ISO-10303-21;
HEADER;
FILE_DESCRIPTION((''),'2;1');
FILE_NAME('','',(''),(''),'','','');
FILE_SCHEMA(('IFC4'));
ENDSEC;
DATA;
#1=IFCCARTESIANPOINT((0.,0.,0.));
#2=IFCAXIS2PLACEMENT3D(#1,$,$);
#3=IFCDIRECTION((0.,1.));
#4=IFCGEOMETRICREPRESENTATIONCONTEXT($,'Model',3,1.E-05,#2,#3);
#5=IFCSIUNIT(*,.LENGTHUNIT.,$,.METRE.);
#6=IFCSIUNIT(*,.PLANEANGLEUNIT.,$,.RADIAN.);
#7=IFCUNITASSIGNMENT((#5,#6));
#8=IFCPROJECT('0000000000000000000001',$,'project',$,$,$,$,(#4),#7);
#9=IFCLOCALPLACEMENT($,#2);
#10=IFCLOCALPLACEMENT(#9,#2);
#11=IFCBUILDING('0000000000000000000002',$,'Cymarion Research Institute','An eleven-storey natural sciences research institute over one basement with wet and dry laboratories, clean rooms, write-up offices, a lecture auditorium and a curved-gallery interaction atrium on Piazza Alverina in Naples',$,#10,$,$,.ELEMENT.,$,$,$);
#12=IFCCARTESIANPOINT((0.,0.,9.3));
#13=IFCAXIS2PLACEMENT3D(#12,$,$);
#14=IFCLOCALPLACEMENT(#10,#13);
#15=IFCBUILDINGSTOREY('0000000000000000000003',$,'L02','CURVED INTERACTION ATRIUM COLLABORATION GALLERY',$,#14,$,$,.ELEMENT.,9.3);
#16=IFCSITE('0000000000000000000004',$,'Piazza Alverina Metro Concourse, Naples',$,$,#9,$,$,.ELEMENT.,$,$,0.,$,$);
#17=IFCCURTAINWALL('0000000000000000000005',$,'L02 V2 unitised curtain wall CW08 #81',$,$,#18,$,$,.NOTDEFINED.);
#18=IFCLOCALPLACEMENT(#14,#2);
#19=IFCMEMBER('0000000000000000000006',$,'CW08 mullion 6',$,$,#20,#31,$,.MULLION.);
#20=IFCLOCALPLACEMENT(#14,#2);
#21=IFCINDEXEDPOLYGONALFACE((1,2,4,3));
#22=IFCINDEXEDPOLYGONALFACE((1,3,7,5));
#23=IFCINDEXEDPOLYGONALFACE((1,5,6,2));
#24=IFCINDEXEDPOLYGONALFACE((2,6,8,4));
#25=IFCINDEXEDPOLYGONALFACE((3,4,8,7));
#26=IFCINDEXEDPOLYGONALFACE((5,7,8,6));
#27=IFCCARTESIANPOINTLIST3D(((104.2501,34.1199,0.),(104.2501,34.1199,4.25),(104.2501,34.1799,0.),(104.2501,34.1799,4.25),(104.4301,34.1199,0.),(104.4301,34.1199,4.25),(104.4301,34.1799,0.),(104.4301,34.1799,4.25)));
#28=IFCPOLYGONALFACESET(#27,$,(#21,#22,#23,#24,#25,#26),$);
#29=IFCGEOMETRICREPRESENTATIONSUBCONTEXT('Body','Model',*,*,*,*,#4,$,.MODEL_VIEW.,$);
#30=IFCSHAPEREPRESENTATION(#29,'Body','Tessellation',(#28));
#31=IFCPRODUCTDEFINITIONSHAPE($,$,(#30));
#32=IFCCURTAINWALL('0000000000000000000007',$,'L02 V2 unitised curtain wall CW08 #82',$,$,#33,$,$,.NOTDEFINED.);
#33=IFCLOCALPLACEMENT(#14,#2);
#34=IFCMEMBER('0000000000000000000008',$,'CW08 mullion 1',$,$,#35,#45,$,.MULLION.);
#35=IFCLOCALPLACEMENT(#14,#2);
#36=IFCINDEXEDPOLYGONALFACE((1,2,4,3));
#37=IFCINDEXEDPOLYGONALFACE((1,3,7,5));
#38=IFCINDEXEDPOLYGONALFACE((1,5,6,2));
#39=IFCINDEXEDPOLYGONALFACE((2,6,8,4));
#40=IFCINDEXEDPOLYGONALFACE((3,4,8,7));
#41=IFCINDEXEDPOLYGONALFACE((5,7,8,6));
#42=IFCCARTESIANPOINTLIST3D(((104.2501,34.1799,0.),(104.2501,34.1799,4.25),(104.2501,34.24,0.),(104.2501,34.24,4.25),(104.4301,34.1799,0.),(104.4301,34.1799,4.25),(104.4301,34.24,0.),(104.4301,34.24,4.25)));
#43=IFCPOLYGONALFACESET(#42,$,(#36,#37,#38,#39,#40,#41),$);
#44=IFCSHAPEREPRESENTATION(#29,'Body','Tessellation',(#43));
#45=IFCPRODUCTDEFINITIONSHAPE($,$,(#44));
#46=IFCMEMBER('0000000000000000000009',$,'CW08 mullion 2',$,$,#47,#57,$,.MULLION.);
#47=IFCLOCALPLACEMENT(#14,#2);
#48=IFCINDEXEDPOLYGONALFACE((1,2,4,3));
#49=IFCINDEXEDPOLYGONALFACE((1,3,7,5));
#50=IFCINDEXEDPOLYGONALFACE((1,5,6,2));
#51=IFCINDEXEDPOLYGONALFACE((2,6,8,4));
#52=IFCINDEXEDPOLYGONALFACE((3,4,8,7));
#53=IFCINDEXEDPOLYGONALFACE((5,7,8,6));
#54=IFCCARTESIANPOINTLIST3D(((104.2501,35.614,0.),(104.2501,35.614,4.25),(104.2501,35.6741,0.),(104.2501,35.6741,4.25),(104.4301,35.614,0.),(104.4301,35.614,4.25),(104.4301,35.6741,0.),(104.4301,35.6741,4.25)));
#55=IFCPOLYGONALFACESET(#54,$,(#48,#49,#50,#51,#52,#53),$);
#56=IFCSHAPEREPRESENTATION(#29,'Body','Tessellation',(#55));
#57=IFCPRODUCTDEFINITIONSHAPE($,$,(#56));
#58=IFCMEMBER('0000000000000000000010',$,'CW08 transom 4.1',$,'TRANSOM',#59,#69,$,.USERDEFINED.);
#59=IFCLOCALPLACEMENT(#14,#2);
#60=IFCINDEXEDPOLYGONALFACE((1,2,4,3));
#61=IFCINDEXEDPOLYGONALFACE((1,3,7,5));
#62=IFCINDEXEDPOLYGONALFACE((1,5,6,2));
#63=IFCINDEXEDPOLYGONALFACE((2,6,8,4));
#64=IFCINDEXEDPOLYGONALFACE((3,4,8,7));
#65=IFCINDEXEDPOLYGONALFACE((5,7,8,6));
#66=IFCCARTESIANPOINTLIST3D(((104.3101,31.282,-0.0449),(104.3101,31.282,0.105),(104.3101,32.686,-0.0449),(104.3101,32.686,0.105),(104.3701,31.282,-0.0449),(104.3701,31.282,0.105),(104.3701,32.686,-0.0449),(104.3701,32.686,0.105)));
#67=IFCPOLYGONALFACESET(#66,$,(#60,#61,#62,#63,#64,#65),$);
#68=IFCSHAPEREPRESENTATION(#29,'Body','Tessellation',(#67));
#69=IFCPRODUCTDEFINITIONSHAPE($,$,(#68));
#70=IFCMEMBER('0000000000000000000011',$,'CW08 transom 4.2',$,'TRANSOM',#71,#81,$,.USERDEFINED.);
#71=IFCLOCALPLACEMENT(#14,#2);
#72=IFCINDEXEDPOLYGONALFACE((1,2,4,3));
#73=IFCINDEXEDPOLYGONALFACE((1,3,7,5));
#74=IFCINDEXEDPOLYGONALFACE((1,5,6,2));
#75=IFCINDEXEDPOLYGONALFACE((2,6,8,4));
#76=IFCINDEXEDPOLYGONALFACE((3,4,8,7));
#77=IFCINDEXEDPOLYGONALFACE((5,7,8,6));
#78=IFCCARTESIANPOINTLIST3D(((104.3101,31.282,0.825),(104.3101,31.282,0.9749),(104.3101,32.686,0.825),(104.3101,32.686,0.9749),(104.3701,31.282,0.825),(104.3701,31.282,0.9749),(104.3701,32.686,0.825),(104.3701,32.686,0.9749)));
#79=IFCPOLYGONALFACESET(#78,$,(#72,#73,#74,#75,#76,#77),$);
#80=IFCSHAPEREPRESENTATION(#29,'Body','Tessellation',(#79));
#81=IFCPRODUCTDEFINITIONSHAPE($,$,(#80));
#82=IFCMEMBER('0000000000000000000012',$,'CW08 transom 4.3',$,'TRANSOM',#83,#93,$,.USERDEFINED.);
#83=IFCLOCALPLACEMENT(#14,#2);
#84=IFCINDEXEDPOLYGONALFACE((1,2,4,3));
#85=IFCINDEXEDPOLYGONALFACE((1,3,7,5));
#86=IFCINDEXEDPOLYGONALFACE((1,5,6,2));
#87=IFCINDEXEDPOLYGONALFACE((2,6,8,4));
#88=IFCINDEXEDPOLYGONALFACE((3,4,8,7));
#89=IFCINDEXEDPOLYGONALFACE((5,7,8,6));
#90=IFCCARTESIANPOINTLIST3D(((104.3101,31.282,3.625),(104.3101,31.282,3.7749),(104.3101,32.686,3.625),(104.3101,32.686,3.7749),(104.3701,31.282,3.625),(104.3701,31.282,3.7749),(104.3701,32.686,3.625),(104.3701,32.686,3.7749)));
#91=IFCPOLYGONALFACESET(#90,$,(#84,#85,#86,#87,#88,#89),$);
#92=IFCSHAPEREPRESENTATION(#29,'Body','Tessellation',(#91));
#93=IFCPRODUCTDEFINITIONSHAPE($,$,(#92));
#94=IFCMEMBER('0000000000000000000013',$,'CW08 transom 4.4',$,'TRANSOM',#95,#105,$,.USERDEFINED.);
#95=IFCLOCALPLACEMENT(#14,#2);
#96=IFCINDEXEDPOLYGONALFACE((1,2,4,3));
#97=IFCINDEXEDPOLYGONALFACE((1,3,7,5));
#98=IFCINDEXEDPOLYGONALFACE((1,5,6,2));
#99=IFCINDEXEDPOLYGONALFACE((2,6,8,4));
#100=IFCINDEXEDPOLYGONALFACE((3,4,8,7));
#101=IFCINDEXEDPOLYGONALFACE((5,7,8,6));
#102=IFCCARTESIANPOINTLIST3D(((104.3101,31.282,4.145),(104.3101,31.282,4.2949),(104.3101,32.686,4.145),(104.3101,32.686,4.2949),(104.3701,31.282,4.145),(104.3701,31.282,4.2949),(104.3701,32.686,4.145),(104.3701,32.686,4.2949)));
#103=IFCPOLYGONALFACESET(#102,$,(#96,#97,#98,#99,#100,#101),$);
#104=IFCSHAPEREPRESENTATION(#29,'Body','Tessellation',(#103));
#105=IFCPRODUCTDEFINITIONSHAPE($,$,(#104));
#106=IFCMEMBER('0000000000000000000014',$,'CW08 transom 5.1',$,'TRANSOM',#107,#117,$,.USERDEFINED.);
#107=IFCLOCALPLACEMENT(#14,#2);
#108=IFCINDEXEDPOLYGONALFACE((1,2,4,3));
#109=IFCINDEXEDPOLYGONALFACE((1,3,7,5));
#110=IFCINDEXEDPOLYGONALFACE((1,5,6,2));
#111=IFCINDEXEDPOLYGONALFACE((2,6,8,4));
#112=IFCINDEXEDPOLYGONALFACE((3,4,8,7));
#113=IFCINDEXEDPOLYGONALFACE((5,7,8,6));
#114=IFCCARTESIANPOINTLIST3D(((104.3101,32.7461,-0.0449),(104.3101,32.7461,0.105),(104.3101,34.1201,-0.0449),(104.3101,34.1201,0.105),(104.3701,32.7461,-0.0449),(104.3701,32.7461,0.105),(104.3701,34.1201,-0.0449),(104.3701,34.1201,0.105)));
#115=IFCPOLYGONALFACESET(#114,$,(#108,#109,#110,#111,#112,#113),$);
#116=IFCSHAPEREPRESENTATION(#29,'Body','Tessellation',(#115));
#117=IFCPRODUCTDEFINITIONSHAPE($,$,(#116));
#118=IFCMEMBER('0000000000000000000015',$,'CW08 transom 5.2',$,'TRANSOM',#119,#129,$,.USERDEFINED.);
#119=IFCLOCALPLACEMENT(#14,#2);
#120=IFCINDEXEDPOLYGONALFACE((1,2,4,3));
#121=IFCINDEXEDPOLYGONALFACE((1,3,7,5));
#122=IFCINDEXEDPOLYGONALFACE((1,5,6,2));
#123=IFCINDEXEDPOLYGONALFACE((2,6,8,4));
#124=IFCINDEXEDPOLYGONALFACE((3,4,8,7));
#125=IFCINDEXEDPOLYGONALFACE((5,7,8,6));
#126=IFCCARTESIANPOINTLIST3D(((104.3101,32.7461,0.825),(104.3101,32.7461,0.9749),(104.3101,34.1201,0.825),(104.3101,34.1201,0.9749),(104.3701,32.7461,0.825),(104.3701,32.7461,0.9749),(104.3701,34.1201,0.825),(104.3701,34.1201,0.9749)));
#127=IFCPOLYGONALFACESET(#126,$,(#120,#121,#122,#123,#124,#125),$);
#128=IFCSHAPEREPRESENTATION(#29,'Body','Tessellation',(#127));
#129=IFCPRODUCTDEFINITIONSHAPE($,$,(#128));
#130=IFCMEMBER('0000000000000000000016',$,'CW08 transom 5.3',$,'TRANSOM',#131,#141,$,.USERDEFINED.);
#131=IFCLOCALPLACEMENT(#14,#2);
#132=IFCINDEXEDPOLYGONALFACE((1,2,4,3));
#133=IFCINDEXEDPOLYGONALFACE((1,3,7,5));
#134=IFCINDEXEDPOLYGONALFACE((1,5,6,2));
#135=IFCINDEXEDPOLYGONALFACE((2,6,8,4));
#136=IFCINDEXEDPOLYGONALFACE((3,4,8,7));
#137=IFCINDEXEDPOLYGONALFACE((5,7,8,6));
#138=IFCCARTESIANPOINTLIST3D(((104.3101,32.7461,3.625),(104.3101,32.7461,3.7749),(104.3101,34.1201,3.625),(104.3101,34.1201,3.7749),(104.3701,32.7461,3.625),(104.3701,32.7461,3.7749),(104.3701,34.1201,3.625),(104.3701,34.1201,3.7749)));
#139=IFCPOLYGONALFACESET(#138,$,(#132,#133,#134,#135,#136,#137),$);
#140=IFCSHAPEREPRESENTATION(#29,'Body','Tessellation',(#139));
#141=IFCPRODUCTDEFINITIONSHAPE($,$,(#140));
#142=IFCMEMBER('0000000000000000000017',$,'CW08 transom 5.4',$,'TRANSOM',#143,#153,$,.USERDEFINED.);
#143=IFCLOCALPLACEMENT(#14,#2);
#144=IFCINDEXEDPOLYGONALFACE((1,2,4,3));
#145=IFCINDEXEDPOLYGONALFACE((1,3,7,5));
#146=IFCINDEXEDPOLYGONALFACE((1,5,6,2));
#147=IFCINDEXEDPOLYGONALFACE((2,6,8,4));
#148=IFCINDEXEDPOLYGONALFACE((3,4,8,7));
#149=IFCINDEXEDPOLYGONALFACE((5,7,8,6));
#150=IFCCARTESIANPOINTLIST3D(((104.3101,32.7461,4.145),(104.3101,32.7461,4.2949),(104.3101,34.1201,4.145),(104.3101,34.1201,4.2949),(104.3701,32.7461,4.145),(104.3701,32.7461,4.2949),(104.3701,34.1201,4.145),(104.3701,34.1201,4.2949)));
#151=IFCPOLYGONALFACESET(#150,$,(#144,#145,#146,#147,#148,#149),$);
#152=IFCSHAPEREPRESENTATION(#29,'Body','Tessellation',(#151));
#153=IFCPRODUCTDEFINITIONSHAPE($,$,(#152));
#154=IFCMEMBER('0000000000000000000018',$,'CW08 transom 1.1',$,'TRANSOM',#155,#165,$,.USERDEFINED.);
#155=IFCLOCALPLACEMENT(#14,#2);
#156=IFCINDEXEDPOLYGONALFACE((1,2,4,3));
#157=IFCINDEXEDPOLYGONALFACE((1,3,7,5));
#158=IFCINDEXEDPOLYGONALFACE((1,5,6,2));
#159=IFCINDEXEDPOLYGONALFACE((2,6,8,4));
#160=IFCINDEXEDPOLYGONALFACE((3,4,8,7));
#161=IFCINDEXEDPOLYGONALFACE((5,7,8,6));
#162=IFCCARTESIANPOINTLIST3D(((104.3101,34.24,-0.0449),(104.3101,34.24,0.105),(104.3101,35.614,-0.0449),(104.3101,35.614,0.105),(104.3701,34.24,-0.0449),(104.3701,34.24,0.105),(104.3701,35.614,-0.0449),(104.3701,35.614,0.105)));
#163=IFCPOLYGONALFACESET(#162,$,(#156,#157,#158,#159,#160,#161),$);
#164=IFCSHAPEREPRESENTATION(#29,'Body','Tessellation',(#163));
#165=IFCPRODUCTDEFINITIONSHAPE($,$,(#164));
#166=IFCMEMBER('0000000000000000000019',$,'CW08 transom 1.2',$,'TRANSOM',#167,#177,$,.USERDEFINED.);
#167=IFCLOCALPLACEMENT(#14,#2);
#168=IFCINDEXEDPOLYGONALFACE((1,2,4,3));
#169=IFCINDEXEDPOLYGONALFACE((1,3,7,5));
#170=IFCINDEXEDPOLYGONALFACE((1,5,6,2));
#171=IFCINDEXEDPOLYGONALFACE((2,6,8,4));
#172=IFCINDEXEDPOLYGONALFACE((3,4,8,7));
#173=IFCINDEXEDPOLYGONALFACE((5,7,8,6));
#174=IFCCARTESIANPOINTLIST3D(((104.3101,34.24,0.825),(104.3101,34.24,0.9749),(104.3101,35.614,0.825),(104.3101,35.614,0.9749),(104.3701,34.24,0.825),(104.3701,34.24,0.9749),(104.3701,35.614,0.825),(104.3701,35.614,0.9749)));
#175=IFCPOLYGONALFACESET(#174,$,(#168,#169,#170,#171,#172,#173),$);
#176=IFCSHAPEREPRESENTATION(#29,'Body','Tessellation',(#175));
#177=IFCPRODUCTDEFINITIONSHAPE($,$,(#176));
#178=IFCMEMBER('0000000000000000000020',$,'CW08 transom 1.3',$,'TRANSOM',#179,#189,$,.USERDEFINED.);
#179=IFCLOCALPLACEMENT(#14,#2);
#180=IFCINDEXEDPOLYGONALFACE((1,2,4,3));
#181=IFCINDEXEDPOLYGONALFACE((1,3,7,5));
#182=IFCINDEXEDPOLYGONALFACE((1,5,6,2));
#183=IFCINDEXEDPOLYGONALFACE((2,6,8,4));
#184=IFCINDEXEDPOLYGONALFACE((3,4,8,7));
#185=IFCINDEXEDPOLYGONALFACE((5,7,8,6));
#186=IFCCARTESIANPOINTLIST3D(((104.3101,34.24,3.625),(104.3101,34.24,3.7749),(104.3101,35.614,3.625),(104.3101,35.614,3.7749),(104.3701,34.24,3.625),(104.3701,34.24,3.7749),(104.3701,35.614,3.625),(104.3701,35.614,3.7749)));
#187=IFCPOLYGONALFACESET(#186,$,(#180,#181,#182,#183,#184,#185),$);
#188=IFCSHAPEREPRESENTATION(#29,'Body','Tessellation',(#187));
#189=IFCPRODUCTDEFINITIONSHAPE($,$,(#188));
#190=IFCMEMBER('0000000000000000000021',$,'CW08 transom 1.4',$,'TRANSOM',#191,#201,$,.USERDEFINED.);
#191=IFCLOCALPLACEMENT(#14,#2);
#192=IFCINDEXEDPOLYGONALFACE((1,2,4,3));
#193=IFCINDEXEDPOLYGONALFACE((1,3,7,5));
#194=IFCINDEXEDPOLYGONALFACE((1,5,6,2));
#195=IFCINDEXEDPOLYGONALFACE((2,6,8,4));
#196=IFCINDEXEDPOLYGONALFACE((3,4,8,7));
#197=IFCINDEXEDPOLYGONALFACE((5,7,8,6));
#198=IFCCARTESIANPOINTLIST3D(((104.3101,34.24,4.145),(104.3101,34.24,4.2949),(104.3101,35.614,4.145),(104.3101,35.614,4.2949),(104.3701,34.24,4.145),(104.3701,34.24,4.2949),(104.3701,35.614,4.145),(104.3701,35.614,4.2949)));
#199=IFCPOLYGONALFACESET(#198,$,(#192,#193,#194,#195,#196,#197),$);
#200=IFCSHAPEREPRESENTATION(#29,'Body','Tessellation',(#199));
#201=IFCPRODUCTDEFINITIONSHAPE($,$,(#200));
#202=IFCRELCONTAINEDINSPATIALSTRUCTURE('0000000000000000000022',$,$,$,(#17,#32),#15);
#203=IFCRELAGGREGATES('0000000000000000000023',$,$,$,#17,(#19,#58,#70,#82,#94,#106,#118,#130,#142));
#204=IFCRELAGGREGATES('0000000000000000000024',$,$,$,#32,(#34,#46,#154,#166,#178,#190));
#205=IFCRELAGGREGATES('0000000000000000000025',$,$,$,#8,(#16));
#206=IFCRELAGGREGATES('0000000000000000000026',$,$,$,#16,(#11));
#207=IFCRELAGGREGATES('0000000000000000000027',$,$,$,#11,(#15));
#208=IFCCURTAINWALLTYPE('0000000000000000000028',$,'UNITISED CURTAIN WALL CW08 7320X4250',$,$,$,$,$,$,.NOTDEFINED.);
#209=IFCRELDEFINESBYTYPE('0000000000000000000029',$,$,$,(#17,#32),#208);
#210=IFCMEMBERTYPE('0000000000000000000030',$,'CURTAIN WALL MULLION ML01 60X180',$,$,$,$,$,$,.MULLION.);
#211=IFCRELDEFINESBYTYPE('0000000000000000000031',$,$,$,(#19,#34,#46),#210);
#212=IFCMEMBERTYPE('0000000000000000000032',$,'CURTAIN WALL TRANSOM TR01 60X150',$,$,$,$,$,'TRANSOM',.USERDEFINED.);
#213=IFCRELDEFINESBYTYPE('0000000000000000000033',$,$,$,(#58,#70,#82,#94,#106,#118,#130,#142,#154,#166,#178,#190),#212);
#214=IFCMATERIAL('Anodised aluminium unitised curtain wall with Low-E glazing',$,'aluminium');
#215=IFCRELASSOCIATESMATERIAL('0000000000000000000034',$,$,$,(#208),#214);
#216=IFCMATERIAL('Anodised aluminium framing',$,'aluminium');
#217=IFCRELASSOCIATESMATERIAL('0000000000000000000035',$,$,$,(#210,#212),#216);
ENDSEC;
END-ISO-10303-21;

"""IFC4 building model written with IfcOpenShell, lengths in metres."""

from ifc_helpers import new_model, si_unit, direction, frame, origin, origin_2d, place, context, subcontext, project, spatial, rectangle, extrude, material, material_profile, profile_set, type_object, element, aggregate, save


model = new_model("IFC4")

# Units and contexts
model_context = context("Model", 3, precision=1e-05, world=origin(), true_north=direction((0.0, 1.0)))
body_context = subcontext(model_context, "Body", "Model", "MODEL_VIEW")
ifc_project = project(units=[si_unit("LENGTHUNIT", "METRE"), si_unit("PLANEANGLEUNIT", "RADIAN")], contexts=[model_context])

# Site, building, storey
site_placement = place(None, origin())
site = spatial("IfcSite", under=ifc_project, at=site_placement, Name="Piazza Alverina Metro Concourse, Naples", CompositionType="ELEMENT", RefElevation=0.0)
building_placement = place(site_placement, origin())
building = spatial("IfcBuilding", under=site, at=building_placement, Name="Cymarion Research Institute", Description="An eleven-storey natural sciences research institute over one basement with wet and dry laboratories, clean rooms, write-up offices, a lecture auditorium and a curved-gallery interaction atrium on Piazza Alverina in Naples", CompositionType="ELEMENT")
storey_placement = place(building_placement, frame((0.0, 0.0, 9.3)))
storey = spatial("IfcBuildingStorey", under=building, at=storey_placement, Name="L02", Description="CURVED INTERACTION ATRIUM COLLABORATION GALLERY", CompositionType="ELEMENT", Elevation=9.3)

# Curtain wall, member
ifc_material_1 = material(Name="Anodised aluminium unitised curtain wall with Low-E glazing", Category="aluminium")
curtain_wall_type = type_object("IfcCurtainWallType", Name="UNITISED CURTAIN WALL CW08 7320X4250", PredefinedType="NOTDEFINED", material=ifc_material_1)
curtain_wall_1_placement = place(storey_placement, origin())
curtain_wall_1 = element("IfcCurtainWall", 1, at=curtain_wall_1_placement, inside=storey, type_object=curtain_wall_type, Name="L02 V2 unitised curtain wall CW08 #81", PredefinedType="NOTDEFINED")
ifc_material_2 = material(Name="Anodised aluminium framing", Category="aluminium")
ifc_material_profile_1 = material_profile(ifc_material_2, rectangle(XDim=0.0601, YDim=0.1799, at=origin_2d()), Name="ALU MULLION 60x180")
ifc_profile_set_1 = profile_set([ifc_material_profile_1], Name="Anodised aluminium framing")
member_type_1 = type_object("IfcMemberType", Name="CURTAIN WALL MULLION ML01 60X180", PredefinedType="MULLION", material=ifc_profile_set_1)
member_1_placement = place(storey_placement, frame((104.3401, 34.1499, 0.0), z_axis=(0.0, 0.0, 1.0), x_axis=(0.0, 1.0, 0.0)))
member_1 = element("IfcMember", 2, at=member_1_placement, type_object=member_type_1, Name="CW08 mullion 6", PredefinedType="MULLION", context=body_context, shape_type="SweptSolid", body=[
    extrude(rectangle(XDim=0.0601, YDim=0.1799, at=origin_2d()), origin(), (0.0, 0.0, 1.0), 4.25),
])

# Curtain wall, members
curtain_wall_2_placement = place(storey_placement, origin())
curtain_wall_2 = element("IfcCurtainWall", 3, at=curtain_wall_2_placement, inside=storey, type_object=curtain_wall_type, Name="L02 V2 unitised curtain wall CW08 #82", PredefinedType="NOTDEFINED")
member_2_placement = place(storey_placement, frame((104.3401, 34.21, 0.0), z_axis=(0.0, 0.0, 1.0), x_axis=(0.0, 1.0, 0.0)))
member_2 = element("IfcMember", 4, at=member_2_placement, type_object=member_type_1, Name="CW08 mullion 1", PredefinedType="MULLION", context=body_context, shape_type="SweptSolid", body=[
    extrude(rectangle(XDim=0.0601, YDim=0.1799, at=origin_2d()), origin(), (0.0, 0.0, 1.0), 4.25),
])
member_3_placement = place(storey_placement, frame((104.3401, 35.644, 0.0), z_axis=(0.0, 0.0, 1.0), x_axis=(0.0, 1.0, 0.0)))
member_3 = element("IfcMember", 5, at=member_3_placement, type_object=member_type_1, Name="CW08 mullion 2", PredefinedType="MULLION", context=body_context, shape_type="SweptSolid", body=[
    extrude(rectangle(XDim=0.0601, YDim=0.1799, at=origin_2d()), origin(), (0.0, 0.0, 1.0), 4.25),
])

# Members
ifc_material_profile_2 = material_profile(ifc_material_2, rectangle(XDim=0.0601, YDim=0.1499, at=origin_2d()), Name="ALU TRANSOM 60x150")
ifc_profile_set_2 = profile_set([ifc_material_profile_2], Name="Anodised aluminium framing")
member_type_2 = type_object("IfcMemberType", Name="CURTAIN WALL TRANSOM TR01 60X150", ElementType="TRANSOM", PredefinedType="USERDEFINED", material=ifc_profile_set_2)
member_4_placement = place(storey_placement, frame((104.3401, 31.282, 0.03), z_axis=(0.0, 1.0, 0.0), x_axis=(-1.0, 0.0, 0.0)))
member_4 = element("IfcMember", 6, at=member_4_placement, type_object=member_type_2, Name="CW08 transom 4.1", ObjectType="TRANSOM", PredefinedType="USERDEFINED", context=body_context, shape_type="SweptSolid", body=[
    extrude(rectangle(XDim=0.0601, YDim=0.1499, at=origin_2d()), origin(), (0.0, 0.0, 1.0), 1.4041),
])
member_5_placement = place(storey_placement, frame((104.3401, 31.282, 0.8999), z_axis=(0.0, 1.0, 0.0), x_axis=(-1.0, 0.0, 0.0)))
member_5 = element("IfcMember", 7, at=member_5_placement, type_object=member_type_2, Name="CW08 transom 4.2", ObjectType="TRANSOM", PredefinedType="USERDEFINED", context=body_context, shape_type="SweptSolid", body=[
    extrude(rectangle(XDim=0.0601, YDim=0.1499, at=origin_2d()), origin(), (0.0, 0.0, 1.0), 1.4041),
])
member_6_placement = place(storey_placement, frame((104.3401, 31.282, 3.7), z_axis=(0.0, 1.0, 0.0), x_axis=(-1.0, 0.0, 0.0)))
member_6 = element("IfcMember", 8, at=member_6_placement, type_object=member_type_2, Name="CW08 transom 4.3", ObjectType="TRANSOM", PredefinedType="USERDEFINED", context=body_context, shape_type="SweptSolid", body=[
    extrude(rectangle(XDim=0.0601, YDim=0.1499, at=origin_2d()), origin(), (0.0, 0.0, 1.0), 1.4041),
])
member_7_placement = place(storey_placement, frame((104.3401, 31.282, 4.22), z_axis=(0.0, 1.0, 0.0), x_axis=(-1.0, 0.0, 0.0)))
member_7 = element("IfcMember", 9, at=member_7_placement, type_object=member_type_2, Name="CW08 transom 4.4", ObjectType="TRANSOM", PredefinedType="USERDEFINED", context=body_context, shape_type="SweptSolid", body=[
    extrude(rectangle(XDim=0.0601, YDim=0.1499, at=origin_2d()), origin(), (0.0, 0.0, 1.0), 1.4041),
])
member_8_placement = place(storey_placement, frame((104.3401, 32.7461, 0.03), z_axis=(0.0, 1.0, 0.0), x_axis=(-1.0, 0.0, 0.0)))
member_8 = element("IfcMember", 10, at=member_8_placement, type_object=member_type_2, Name="CW08 transom 5.1", ObjectType="TRANSOM", PredefinedType="USERDEFINED", context=body_context, shape_type="SweptSolid", body=[
    extrude(rectangle(XDim=0.0601, YDim=0.1499, at=origin_2d()), origin(), (0.0, 0.0, 1.0), 1.374),
])
member_9_placement = place(storey_placement, frame((104.3401, 32.7461, 0.8999), z_axis=(0.0, 1.0, 0.0), x_axis=(-1.0, 0.0, 0.0)))
member_9 = element("IfcMember", 11, at=member_9_placement, type_object=member_type_2, Name="CW08 transom 5.2", ObjectType="TRANSOM", PredefinedType="USERDEFINED", context=body_context, shape_type="SweptSolid", body=[
    extrude(rectangle(XDim=0.0601, YDim=0.1499, at=origin_2d()), origin(), (0.0, 0.0, 1.0), 1.374),
])
member_10_placement = place(storey_placement, frame((104.3401, 32.7461, 3.7), z_axis=(0.0, 1.0, 0.0), x_axis=(-1.0, 0.0, 0.0)))
member_10 = element("IfcMember", 12, at=member_10_placement, type_object=member_type_2, Name="CW08 transom 5.3", ObjectType="TRANSOM", PredefinedType="USERDEFINED", context=body_context, shape_type="SweptSolid", body=[
    extrude(rectangle(XDim=0.0601, YDim=0.1499, at=origin_2d()), origin(), (0.0, 0.0, 1.0), 1.374),
])
member_11_placement = place(storey_placement, frame((104.3401, 32.7461, 4.22), z_axis=(0.0, 1.0, 0.0), x_axis=(-1.0, 0.0, 0.0)))
member_11 = element("IfcMember", 13, at=member_11_placement, type_object=member_type_2, Name="CW08 transom 5.4", ObjectType="TRANSOM", PredefinedType="USERDEFINED", context=body_context, shape_type="SweptSolid", body=[
    extrude(rectangle(XDim=0.0601, YDim=0.1499, at=origin_2d()), origin(), (0.0, 0.0, 1.0), 1.374),
])
member_12_placement = place(storey_placement, frame((104.3401, 34.24, 0.03), z_axis=(0.0, 1.0, 0.0), x_axis=(-1.0, 0.0, 0.0)))
member_12 = element("IfcMember", 14, at=member_12_placement, type_object=member_type_2, Name="CW08 transom 1.1", ObjectType="TRANSOM", PredefinedType="USERDEFINED", context=body_context, shape_type="SweptSolid", body=[
    extrude(rectangle(XDim=0.0601, YDim=0.1499, at=origin_2d()), origin(), (0.0, 0.0, 1.0), 1.374),
])
member_13_placement = place(storey_placement, frame((104.3401, 34.24, 0.8999), z_axis=(0.0, 1.0, 0.0), x_axis=(-1.0, 0.0, 0.0)))
member_13 = element("IfcMember", 15, at=member_13_placement, type_object=member_type_2, Name="CW08 transom 1.2", ObjectType="TRANSOM", PredefinedType="USERDEFINED", context=body_context, shape_type="SweptSolid", body=[
    extrude(rectangle(XDim=0.0601, YDim=0.1499, at=origin_2d()), origin(), (0.0, 0.0, 1.0), 1.374),
])
member_14_placement = place(storey_placement, frame((104.3401, 34.24, 3.7), z_axis=(0.0, 1.0, 0.0), x_axis=(-1.0, 0.0, 0.0)))
member_14 = element("IfcMember", 16, at=member_14_placement, type_object=member_type_2, Name="CW08 transom 1.3", ObjectType="TRANSOM", PredefinedType="USERDEFINED", context=body_context, shape_type="SweptSolid", body=[
    extrude(rectangle(XDim=0.0601, YDim=0.1499, at=origin_2d()), origin(), (0.0, 0.0, 1.0), 1.374),
])
member_15_placement = place(storey_placement, frame((104.3401, 34.24, 4.22), z_axis=(0.0, 1.0, 0.0), x_axis=(-1.0, 0.0, 0.0)))
member_15 = element("IfcMember", 17, at=member_15_placement, type_object=member_type_2, Name="CW08 transom 1.4", ObjectType="TRANSOM", PredefinedType="USERDEFINED", context=body_context, shape_type="SweptSolid", body=[
    extrude(rectangle(XDim=0.0601, YDim=0.1499, at=origin_2d()), origin(), (0.0, 0.0, 1.0), 1.374),
])

aggregate(curtain_wall_1, [member_1, member_4, member_5, member_6, member_7, member_8, member_9, member_10, member_11])
aggregate(curtain_wall_2, [member_2, member_3, member_12, member_13, member_14, member_15])

save(model, "model.ifc")
